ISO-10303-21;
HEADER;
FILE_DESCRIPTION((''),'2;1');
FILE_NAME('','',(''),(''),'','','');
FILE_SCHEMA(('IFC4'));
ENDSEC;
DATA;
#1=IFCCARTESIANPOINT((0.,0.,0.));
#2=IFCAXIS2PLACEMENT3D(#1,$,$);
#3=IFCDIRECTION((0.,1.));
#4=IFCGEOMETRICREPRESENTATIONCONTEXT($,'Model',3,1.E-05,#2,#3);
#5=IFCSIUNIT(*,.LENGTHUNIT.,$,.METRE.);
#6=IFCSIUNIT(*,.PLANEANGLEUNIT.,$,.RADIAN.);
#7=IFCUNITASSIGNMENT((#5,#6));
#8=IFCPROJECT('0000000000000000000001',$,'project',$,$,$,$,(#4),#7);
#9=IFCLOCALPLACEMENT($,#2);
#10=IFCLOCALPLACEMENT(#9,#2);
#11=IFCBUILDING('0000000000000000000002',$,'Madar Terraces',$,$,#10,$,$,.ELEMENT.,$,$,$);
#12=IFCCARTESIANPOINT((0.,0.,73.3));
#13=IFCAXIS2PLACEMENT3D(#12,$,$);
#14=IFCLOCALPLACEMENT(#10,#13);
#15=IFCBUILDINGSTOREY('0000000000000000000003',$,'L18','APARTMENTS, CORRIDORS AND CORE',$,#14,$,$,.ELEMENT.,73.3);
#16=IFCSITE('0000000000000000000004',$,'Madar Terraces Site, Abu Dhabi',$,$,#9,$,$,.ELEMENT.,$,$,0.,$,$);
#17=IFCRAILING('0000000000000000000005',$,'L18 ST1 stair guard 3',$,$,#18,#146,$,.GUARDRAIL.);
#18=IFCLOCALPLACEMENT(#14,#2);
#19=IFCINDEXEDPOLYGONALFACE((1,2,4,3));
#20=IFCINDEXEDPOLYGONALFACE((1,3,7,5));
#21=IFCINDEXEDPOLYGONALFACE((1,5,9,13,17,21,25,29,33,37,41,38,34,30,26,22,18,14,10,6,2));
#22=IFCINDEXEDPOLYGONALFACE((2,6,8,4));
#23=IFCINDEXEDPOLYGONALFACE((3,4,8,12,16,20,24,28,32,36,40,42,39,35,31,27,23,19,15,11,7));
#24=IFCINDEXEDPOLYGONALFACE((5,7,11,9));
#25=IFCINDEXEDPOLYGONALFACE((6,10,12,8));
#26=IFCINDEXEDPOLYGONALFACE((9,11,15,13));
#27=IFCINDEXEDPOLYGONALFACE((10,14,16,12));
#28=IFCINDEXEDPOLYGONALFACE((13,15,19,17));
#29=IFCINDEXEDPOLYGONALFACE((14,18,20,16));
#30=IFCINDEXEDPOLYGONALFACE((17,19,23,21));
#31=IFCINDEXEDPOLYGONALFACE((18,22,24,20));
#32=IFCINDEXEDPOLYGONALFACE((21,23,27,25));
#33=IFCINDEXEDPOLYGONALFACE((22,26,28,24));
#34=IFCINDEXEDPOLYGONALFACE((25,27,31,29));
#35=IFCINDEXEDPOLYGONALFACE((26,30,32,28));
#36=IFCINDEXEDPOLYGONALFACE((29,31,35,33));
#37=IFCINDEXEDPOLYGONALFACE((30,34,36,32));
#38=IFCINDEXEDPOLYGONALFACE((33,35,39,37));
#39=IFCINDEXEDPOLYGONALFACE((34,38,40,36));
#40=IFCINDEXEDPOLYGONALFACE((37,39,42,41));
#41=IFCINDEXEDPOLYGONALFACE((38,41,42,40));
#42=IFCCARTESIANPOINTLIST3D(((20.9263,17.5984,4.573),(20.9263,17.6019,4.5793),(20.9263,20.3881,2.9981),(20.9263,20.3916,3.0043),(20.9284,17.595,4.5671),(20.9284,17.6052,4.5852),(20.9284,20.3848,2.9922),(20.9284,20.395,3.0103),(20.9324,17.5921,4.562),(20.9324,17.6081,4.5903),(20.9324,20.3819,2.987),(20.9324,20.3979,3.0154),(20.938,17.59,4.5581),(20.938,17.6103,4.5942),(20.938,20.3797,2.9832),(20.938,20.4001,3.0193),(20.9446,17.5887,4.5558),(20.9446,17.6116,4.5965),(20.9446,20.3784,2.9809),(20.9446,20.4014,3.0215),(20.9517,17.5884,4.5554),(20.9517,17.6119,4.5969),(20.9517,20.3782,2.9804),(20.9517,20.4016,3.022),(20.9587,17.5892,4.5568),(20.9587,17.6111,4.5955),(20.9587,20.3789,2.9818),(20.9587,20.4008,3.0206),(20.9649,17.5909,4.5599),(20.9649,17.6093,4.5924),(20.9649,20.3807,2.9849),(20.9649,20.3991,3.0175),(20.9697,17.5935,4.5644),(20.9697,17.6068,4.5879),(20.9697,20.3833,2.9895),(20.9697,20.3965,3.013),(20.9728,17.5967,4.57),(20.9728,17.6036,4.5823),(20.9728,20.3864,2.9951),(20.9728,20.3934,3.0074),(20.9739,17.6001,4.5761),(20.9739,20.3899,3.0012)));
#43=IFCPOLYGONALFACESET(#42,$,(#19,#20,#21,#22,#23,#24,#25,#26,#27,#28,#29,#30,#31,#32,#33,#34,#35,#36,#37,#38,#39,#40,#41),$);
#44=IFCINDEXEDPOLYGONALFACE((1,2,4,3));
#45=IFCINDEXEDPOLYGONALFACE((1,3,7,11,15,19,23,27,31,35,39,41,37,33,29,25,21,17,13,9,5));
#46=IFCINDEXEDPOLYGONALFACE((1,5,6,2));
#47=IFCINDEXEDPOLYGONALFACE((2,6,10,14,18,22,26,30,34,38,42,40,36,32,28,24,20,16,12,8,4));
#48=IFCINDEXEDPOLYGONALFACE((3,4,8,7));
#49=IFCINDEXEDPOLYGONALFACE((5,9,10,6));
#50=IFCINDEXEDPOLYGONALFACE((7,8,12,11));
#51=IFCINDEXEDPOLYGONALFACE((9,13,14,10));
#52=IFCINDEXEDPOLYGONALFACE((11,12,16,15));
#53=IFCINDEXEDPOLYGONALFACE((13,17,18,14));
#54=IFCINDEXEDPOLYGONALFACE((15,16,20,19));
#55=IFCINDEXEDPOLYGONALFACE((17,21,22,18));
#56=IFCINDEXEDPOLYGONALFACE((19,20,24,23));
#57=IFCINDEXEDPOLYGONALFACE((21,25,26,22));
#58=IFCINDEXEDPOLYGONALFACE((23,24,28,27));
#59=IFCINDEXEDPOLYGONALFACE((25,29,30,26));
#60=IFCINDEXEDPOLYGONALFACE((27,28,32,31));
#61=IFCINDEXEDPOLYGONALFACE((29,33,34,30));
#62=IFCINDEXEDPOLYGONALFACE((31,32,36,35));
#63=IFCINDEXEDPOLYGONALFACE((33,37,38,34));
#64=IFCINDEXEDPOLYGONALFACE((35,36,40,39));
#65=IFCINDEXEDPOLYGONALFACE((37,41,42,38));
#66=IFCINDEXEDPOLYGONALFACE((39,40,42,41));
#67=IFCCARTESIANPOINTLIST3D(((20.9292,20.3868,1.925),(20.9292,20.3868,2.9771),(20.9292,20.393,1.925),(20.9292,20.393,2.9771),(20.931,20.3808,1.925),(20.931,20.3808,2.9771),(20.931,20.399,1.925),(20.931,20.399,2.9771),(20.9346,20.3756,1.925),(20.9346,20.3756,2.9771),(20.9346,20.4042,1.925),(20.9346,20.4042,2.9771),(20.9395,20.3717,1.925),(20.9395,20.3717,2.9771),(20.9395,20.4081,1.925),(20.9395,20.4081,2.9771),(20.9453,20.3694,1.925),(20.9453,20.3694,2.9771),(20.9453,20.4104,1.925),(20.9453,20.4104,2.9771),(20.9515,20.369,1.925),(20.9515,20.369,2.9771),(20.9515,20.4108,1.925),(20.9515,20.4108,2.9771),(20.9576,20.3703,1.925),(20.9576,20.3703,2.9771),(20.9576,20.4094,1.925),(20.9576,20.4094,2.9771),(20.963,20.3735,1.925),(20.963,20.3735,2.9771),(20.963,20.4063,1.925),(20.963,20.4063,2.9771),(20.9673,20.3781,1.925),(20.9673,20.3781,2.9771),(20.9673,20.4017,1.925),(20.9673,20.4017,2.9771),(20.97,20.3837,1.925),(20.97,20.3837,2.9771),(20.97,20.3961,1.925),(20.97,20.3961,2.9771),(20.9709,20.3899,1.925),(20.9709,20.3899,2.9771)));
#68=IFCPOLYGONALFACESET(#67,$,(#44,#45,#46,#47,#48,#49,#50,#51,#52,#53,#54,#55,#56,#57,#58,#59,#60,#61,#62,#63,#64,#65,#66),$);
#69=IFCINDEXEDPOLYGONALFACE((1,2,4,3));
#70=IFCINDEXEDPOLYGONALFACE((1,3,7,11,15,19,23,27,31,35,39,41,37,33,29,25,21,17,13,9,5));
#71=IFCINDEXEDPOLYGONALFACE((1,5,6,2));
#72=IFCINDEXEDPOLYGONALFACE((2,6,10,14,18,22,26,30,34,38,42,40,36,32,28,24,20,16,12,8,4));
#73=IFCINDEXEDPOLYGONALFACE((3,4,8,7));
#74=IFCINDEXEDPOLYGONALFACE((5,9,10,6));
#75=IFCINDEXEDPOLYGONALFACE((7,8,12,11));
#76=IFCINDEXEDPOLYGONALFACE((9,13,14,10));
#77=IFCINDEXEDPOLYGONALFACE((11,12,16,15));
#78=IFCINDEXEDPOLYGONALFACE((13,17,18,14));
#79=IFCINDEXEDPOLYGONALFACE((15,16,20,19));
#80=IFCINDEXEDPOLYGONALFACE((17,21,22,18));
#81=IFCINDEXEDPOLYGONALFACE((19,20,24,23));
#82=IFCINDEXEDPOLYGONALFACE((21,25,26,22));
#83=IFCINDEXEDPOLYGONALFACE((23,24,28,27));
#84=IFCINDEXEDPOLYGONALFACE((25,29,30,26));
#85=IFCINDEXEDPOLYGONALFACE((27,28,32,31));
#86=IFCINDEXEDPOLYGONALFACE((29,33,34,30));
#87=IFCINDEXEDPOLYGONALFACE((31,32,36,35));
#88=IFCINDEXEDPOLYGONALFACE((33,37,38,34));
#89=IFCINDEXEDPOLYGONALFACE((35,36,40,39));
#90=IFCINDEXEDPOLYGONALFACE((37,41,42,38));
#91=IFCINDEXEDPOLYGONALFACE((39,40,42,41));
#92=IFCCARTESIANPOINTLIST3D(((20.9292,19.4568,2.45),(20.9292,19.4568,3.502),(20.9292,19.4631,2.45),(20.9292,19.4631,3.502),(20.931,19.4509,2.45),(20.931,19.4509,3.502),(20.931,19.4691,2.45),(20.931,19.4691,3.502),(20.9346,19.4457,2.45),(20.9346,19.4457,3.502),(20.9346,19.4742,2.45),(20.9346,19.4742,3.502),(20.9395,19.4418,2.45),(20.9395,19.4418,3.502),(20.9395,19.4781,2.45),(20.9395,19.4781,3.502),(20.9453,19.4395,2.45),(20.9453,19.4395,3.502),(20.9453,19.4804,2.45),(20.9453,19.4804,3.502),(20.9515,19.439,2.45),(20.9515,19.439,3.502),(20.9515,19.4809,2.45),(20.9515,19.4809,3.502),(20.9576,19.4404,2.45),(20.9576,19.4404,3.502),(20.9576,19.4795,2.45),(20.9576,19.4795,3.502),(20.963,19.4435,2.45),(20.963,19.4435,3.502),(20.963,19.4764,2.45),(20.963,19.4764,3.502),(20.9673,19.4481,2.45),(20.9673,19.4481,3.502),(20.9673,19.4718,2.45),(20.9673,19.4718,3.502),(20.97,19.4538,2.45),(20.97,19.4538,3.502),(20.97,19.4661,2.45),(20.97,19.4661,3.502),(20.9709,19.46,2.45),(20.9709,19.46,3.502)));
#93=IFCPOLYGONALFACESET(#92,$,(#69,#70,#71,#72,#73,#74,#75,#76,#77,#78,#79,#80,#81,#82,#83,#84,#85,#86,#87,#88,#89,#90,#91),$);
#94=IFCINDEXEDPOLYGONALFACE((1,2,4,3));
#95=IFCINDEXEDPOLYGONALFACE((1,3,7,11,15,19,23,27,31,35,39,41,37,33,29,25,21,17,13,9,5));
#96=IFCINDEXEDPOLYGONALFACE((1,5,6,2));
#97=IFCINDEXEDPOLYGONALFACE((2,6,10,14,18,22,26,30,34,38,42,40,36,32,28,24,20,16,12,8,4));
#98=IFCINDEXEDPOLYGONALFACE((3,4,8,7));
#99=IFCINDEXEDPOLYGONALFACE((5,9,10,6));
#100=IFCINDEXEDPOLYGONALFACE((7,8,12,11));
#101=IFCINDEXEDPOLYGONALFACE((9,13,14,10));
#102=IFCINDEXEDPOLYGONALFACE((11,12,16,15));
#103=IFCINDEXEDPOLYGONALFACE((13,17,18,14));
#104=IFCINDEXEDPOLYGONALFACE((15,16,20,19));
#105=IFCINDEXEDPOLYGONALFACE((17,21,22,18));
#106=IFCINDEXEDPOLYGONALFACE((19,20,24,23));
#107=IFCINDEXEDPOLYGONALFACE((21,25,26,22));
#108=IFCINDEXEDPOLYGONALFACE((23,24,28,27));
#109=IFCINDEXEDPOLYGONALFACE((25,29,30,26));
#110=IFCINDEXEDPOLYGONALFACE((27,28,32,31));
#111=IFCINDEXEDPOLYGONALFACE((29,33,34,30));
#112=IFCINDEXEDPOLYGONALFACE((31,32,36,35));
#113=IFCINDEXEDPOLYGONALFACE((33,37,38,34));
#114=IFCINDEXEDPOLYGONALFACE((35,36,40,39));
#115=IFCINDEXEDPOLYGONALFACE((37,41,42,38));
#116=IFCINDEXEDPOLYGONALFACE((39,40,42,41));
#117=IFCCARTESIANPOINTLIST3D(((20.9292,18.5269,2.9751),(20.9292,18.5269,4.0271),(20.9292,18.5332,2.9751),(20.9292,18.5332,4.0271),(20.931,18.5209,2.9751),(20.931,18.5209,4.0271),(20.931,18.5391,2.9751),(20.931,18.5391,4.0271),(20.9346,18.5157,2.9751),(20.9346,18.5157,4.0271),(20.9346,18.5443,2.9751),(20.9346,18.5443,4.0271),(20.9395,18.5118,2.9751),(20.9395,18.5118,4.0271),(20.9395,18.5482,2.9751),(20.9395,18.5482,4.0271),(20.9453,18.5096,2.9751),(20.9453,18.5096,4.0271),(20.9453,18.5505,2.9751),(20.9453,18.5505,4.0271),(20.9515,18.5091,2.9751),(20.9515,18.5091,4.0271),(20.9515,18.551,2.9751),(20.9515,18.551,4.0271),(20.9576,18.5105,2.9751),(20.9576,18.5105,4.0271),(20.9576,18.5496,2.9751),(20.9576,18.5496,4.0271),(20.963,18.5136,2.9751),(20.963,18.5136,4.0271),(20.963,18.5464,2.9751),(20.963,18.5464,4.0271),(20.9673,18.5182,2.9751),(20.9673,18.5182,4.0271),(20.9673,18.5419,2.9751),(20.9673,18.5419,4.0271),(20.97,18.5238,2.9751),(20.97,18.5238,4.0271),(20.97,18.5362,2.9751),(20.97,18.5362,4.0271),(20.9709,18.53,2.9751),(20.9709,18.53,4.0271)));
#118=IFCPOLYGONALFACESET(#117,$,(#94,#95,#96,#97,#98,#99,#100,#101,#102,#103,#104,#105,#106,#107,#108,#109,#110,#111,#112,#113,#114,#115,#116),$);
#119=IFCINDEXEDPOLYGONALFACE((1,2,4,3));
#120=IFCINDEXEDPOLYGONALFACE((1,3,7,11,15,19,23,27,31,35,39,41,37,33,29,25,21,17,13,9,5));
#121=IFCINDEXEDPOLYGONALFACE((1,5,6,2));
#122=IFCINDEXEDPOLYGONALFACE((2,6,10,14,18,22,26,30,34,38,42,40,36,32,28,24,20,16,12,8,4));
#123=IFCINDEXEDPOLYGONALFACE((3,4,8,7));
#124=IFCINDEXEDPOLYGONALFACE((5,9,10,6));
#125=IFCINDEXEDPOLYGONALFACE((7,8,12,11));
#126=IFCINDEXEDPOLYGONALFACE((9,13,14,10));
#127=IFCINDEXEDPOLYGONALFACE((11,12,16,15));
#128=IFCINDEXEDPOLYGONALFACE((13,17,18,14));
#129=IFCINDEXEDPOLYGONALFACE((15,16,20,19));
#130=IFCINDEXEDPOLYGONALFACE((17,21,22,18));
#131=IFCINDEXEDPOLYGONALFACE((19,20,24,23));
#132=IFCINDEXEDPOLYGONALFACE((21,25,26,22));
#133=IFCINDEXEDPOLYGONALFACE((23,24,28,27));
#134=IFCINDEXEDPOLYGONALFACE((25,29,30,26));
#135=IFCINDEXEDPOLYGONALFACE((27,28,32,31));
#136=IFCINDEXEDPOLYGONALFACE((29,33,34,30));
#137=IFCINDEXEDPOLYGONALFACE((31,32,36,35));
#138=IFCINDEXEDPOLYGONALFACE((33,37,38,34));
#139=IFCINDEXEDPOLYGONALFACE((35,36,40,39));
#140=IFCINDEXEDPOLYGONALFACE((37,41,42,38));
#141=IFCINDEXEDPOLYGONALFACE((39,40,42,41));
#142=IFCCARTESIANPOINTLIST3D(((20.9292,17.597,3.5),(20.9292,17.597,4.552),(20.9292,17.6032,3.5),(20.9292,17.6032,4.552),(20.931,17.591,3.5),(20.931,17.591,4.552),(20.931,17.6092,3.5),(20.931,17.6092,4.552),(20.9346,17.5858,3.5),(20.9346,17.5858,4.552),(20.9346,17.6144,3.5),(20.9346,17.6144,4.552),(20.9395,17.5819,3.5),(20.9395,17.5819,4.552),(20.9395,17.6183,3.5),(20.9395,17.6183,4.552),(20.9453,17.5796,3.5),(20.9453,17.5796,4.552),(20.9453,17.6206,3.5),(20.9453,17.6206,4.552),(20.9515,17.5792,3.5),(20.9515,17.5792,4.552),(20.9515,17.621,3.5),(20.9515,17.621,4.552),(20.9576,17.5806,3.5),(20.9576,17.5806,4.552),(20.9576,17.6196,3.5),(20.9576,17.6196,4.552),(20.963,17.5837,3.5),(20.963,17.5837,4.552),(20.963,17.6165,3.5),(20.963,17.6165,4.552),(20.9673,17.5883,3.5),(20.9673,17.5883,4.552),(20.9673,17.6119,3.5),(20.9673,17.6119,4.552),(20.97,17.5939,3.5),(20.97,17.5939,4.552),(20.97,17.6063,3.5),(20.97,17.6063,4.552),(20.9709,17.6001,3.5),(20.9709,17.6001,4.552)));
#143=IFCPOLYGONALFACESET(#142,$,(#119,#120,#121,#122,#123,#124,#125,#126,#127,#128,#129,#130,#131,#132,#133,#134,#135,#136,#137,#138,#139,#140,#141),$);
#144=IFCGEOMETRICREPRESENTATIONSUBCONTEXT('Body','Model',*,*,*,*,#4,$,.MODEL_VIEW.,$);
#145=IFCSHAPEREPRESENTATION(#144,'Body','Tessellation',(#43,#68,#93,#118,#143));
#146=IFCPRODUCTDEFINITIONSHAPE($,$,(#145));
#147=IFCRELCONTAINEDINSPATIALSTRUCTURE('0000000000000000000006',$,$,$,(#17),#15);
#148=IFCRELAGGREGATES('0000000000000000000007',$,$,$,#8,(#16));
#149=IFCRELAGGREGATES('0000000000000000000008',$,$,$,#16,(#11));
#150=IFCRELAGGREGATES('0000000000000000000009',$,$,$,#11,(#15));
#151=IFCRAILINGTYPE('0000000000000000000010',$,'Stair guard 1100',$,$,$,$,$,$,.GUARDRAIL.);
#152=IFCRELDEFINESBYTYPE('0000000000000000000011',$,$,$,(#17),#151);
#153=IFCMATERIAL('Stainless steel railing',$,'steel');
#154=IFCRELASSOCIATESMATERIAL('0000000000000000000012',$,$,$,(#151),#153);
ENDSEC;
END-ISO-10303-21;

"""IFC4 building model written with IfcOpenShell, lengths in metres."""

from ifc_helpers import new_model, si_unit, direction, frame, origin, origin_2d, place, context, subcontext, project, spatial, circle, extrude, material, type_object, element, save


model = new_model("IFC4")

# Units and contexts
model_context = context("Model", 3, precision=1e-05, world=origin(), true_north=direction((0.0, 1.0)))
body_context = subcontext(model_context, "Body", "Model", "MODEL_VIEW")
ifc_project = project(units=[si_unit("LENGTHUNIT", "METRE"), si_unit("PLANEANGLEUNIT", "RADIAN")], contexts=[model_context])

# Site, building, storey
site_placement = place(None, origin())
site = spatial("IfcSite", under=ifc_project, at=site_placement, Name="Madar Terraces Site, Abu Dhabi", CompositionType="ELEMENT", RefElevation=0.0)
building_placement = place(site_placement, origin())
building = spatial("IfcBuilding", under=site, at=building_placement, Name="Madar Terraces", CompositionType="ELEMENT")
storey_placement = place(building_placement, frame((0.0, 0.0, 73.3)))
storey = spatial("IfcBuildingStorey", under=building, at=storey_placement, Name="L18", Description="APARTMENTS, CORRIDORS AND CORE", CompositionType="ELEMENT", Elevation=73.3)

# Railing
ifc_material_1 = material(Name="Stainless steel railing", Category="steel")
railing_type_1 = type_object("IfcRailingType", Name="Stair guard 1100", PredefinedType="GUARDRAIL", material=ifc_material_1)
railing_1_placement = place(storey_placement, frame((20.95, 20.3899, 1.925)))
element("IfcRailing", 1, at=railing_1_placement, inside=storey, type_object=railing_type_1, Name="L18 ST1 stair guard 3", PredefinedType="GUARDRAIL", context=body_context, shape_type="SweptSolid", body=[
    extrude(circle(Radius=0.0239, at=origin_2d()), frame((0.0, 0.0, 1.0762), z_axis=(0.0, -0.870815, 0.49161), x_axis=(1.0, 0.0, 0.0)), (0.0, 0.0, 1.0), 3.2036),
    extrude(circle(Radius=0.021, at=origin_2d()), origin(), (0.0, 0.0, 1.0), 1.052),
    extrude(circle(Radius=0.021, at=origin_2d()), frame((0.0, -0.9299, 0.5249)), (0.0, 0.0, 1.0), 1.052),
    extrude(circle(Radius=0.021, at=origin_2d()), frame((0.0, -1.8599, 1.05)), (0.0, 0.0, 1.0), 1.052),
    extrude(circle(Radius=0.021, at=origin_2d()), frame((0.0, -2.7898, 1.575)), (0.0, 0.0, 1.0), 1.052),
])

save(model, "model.ifc")
